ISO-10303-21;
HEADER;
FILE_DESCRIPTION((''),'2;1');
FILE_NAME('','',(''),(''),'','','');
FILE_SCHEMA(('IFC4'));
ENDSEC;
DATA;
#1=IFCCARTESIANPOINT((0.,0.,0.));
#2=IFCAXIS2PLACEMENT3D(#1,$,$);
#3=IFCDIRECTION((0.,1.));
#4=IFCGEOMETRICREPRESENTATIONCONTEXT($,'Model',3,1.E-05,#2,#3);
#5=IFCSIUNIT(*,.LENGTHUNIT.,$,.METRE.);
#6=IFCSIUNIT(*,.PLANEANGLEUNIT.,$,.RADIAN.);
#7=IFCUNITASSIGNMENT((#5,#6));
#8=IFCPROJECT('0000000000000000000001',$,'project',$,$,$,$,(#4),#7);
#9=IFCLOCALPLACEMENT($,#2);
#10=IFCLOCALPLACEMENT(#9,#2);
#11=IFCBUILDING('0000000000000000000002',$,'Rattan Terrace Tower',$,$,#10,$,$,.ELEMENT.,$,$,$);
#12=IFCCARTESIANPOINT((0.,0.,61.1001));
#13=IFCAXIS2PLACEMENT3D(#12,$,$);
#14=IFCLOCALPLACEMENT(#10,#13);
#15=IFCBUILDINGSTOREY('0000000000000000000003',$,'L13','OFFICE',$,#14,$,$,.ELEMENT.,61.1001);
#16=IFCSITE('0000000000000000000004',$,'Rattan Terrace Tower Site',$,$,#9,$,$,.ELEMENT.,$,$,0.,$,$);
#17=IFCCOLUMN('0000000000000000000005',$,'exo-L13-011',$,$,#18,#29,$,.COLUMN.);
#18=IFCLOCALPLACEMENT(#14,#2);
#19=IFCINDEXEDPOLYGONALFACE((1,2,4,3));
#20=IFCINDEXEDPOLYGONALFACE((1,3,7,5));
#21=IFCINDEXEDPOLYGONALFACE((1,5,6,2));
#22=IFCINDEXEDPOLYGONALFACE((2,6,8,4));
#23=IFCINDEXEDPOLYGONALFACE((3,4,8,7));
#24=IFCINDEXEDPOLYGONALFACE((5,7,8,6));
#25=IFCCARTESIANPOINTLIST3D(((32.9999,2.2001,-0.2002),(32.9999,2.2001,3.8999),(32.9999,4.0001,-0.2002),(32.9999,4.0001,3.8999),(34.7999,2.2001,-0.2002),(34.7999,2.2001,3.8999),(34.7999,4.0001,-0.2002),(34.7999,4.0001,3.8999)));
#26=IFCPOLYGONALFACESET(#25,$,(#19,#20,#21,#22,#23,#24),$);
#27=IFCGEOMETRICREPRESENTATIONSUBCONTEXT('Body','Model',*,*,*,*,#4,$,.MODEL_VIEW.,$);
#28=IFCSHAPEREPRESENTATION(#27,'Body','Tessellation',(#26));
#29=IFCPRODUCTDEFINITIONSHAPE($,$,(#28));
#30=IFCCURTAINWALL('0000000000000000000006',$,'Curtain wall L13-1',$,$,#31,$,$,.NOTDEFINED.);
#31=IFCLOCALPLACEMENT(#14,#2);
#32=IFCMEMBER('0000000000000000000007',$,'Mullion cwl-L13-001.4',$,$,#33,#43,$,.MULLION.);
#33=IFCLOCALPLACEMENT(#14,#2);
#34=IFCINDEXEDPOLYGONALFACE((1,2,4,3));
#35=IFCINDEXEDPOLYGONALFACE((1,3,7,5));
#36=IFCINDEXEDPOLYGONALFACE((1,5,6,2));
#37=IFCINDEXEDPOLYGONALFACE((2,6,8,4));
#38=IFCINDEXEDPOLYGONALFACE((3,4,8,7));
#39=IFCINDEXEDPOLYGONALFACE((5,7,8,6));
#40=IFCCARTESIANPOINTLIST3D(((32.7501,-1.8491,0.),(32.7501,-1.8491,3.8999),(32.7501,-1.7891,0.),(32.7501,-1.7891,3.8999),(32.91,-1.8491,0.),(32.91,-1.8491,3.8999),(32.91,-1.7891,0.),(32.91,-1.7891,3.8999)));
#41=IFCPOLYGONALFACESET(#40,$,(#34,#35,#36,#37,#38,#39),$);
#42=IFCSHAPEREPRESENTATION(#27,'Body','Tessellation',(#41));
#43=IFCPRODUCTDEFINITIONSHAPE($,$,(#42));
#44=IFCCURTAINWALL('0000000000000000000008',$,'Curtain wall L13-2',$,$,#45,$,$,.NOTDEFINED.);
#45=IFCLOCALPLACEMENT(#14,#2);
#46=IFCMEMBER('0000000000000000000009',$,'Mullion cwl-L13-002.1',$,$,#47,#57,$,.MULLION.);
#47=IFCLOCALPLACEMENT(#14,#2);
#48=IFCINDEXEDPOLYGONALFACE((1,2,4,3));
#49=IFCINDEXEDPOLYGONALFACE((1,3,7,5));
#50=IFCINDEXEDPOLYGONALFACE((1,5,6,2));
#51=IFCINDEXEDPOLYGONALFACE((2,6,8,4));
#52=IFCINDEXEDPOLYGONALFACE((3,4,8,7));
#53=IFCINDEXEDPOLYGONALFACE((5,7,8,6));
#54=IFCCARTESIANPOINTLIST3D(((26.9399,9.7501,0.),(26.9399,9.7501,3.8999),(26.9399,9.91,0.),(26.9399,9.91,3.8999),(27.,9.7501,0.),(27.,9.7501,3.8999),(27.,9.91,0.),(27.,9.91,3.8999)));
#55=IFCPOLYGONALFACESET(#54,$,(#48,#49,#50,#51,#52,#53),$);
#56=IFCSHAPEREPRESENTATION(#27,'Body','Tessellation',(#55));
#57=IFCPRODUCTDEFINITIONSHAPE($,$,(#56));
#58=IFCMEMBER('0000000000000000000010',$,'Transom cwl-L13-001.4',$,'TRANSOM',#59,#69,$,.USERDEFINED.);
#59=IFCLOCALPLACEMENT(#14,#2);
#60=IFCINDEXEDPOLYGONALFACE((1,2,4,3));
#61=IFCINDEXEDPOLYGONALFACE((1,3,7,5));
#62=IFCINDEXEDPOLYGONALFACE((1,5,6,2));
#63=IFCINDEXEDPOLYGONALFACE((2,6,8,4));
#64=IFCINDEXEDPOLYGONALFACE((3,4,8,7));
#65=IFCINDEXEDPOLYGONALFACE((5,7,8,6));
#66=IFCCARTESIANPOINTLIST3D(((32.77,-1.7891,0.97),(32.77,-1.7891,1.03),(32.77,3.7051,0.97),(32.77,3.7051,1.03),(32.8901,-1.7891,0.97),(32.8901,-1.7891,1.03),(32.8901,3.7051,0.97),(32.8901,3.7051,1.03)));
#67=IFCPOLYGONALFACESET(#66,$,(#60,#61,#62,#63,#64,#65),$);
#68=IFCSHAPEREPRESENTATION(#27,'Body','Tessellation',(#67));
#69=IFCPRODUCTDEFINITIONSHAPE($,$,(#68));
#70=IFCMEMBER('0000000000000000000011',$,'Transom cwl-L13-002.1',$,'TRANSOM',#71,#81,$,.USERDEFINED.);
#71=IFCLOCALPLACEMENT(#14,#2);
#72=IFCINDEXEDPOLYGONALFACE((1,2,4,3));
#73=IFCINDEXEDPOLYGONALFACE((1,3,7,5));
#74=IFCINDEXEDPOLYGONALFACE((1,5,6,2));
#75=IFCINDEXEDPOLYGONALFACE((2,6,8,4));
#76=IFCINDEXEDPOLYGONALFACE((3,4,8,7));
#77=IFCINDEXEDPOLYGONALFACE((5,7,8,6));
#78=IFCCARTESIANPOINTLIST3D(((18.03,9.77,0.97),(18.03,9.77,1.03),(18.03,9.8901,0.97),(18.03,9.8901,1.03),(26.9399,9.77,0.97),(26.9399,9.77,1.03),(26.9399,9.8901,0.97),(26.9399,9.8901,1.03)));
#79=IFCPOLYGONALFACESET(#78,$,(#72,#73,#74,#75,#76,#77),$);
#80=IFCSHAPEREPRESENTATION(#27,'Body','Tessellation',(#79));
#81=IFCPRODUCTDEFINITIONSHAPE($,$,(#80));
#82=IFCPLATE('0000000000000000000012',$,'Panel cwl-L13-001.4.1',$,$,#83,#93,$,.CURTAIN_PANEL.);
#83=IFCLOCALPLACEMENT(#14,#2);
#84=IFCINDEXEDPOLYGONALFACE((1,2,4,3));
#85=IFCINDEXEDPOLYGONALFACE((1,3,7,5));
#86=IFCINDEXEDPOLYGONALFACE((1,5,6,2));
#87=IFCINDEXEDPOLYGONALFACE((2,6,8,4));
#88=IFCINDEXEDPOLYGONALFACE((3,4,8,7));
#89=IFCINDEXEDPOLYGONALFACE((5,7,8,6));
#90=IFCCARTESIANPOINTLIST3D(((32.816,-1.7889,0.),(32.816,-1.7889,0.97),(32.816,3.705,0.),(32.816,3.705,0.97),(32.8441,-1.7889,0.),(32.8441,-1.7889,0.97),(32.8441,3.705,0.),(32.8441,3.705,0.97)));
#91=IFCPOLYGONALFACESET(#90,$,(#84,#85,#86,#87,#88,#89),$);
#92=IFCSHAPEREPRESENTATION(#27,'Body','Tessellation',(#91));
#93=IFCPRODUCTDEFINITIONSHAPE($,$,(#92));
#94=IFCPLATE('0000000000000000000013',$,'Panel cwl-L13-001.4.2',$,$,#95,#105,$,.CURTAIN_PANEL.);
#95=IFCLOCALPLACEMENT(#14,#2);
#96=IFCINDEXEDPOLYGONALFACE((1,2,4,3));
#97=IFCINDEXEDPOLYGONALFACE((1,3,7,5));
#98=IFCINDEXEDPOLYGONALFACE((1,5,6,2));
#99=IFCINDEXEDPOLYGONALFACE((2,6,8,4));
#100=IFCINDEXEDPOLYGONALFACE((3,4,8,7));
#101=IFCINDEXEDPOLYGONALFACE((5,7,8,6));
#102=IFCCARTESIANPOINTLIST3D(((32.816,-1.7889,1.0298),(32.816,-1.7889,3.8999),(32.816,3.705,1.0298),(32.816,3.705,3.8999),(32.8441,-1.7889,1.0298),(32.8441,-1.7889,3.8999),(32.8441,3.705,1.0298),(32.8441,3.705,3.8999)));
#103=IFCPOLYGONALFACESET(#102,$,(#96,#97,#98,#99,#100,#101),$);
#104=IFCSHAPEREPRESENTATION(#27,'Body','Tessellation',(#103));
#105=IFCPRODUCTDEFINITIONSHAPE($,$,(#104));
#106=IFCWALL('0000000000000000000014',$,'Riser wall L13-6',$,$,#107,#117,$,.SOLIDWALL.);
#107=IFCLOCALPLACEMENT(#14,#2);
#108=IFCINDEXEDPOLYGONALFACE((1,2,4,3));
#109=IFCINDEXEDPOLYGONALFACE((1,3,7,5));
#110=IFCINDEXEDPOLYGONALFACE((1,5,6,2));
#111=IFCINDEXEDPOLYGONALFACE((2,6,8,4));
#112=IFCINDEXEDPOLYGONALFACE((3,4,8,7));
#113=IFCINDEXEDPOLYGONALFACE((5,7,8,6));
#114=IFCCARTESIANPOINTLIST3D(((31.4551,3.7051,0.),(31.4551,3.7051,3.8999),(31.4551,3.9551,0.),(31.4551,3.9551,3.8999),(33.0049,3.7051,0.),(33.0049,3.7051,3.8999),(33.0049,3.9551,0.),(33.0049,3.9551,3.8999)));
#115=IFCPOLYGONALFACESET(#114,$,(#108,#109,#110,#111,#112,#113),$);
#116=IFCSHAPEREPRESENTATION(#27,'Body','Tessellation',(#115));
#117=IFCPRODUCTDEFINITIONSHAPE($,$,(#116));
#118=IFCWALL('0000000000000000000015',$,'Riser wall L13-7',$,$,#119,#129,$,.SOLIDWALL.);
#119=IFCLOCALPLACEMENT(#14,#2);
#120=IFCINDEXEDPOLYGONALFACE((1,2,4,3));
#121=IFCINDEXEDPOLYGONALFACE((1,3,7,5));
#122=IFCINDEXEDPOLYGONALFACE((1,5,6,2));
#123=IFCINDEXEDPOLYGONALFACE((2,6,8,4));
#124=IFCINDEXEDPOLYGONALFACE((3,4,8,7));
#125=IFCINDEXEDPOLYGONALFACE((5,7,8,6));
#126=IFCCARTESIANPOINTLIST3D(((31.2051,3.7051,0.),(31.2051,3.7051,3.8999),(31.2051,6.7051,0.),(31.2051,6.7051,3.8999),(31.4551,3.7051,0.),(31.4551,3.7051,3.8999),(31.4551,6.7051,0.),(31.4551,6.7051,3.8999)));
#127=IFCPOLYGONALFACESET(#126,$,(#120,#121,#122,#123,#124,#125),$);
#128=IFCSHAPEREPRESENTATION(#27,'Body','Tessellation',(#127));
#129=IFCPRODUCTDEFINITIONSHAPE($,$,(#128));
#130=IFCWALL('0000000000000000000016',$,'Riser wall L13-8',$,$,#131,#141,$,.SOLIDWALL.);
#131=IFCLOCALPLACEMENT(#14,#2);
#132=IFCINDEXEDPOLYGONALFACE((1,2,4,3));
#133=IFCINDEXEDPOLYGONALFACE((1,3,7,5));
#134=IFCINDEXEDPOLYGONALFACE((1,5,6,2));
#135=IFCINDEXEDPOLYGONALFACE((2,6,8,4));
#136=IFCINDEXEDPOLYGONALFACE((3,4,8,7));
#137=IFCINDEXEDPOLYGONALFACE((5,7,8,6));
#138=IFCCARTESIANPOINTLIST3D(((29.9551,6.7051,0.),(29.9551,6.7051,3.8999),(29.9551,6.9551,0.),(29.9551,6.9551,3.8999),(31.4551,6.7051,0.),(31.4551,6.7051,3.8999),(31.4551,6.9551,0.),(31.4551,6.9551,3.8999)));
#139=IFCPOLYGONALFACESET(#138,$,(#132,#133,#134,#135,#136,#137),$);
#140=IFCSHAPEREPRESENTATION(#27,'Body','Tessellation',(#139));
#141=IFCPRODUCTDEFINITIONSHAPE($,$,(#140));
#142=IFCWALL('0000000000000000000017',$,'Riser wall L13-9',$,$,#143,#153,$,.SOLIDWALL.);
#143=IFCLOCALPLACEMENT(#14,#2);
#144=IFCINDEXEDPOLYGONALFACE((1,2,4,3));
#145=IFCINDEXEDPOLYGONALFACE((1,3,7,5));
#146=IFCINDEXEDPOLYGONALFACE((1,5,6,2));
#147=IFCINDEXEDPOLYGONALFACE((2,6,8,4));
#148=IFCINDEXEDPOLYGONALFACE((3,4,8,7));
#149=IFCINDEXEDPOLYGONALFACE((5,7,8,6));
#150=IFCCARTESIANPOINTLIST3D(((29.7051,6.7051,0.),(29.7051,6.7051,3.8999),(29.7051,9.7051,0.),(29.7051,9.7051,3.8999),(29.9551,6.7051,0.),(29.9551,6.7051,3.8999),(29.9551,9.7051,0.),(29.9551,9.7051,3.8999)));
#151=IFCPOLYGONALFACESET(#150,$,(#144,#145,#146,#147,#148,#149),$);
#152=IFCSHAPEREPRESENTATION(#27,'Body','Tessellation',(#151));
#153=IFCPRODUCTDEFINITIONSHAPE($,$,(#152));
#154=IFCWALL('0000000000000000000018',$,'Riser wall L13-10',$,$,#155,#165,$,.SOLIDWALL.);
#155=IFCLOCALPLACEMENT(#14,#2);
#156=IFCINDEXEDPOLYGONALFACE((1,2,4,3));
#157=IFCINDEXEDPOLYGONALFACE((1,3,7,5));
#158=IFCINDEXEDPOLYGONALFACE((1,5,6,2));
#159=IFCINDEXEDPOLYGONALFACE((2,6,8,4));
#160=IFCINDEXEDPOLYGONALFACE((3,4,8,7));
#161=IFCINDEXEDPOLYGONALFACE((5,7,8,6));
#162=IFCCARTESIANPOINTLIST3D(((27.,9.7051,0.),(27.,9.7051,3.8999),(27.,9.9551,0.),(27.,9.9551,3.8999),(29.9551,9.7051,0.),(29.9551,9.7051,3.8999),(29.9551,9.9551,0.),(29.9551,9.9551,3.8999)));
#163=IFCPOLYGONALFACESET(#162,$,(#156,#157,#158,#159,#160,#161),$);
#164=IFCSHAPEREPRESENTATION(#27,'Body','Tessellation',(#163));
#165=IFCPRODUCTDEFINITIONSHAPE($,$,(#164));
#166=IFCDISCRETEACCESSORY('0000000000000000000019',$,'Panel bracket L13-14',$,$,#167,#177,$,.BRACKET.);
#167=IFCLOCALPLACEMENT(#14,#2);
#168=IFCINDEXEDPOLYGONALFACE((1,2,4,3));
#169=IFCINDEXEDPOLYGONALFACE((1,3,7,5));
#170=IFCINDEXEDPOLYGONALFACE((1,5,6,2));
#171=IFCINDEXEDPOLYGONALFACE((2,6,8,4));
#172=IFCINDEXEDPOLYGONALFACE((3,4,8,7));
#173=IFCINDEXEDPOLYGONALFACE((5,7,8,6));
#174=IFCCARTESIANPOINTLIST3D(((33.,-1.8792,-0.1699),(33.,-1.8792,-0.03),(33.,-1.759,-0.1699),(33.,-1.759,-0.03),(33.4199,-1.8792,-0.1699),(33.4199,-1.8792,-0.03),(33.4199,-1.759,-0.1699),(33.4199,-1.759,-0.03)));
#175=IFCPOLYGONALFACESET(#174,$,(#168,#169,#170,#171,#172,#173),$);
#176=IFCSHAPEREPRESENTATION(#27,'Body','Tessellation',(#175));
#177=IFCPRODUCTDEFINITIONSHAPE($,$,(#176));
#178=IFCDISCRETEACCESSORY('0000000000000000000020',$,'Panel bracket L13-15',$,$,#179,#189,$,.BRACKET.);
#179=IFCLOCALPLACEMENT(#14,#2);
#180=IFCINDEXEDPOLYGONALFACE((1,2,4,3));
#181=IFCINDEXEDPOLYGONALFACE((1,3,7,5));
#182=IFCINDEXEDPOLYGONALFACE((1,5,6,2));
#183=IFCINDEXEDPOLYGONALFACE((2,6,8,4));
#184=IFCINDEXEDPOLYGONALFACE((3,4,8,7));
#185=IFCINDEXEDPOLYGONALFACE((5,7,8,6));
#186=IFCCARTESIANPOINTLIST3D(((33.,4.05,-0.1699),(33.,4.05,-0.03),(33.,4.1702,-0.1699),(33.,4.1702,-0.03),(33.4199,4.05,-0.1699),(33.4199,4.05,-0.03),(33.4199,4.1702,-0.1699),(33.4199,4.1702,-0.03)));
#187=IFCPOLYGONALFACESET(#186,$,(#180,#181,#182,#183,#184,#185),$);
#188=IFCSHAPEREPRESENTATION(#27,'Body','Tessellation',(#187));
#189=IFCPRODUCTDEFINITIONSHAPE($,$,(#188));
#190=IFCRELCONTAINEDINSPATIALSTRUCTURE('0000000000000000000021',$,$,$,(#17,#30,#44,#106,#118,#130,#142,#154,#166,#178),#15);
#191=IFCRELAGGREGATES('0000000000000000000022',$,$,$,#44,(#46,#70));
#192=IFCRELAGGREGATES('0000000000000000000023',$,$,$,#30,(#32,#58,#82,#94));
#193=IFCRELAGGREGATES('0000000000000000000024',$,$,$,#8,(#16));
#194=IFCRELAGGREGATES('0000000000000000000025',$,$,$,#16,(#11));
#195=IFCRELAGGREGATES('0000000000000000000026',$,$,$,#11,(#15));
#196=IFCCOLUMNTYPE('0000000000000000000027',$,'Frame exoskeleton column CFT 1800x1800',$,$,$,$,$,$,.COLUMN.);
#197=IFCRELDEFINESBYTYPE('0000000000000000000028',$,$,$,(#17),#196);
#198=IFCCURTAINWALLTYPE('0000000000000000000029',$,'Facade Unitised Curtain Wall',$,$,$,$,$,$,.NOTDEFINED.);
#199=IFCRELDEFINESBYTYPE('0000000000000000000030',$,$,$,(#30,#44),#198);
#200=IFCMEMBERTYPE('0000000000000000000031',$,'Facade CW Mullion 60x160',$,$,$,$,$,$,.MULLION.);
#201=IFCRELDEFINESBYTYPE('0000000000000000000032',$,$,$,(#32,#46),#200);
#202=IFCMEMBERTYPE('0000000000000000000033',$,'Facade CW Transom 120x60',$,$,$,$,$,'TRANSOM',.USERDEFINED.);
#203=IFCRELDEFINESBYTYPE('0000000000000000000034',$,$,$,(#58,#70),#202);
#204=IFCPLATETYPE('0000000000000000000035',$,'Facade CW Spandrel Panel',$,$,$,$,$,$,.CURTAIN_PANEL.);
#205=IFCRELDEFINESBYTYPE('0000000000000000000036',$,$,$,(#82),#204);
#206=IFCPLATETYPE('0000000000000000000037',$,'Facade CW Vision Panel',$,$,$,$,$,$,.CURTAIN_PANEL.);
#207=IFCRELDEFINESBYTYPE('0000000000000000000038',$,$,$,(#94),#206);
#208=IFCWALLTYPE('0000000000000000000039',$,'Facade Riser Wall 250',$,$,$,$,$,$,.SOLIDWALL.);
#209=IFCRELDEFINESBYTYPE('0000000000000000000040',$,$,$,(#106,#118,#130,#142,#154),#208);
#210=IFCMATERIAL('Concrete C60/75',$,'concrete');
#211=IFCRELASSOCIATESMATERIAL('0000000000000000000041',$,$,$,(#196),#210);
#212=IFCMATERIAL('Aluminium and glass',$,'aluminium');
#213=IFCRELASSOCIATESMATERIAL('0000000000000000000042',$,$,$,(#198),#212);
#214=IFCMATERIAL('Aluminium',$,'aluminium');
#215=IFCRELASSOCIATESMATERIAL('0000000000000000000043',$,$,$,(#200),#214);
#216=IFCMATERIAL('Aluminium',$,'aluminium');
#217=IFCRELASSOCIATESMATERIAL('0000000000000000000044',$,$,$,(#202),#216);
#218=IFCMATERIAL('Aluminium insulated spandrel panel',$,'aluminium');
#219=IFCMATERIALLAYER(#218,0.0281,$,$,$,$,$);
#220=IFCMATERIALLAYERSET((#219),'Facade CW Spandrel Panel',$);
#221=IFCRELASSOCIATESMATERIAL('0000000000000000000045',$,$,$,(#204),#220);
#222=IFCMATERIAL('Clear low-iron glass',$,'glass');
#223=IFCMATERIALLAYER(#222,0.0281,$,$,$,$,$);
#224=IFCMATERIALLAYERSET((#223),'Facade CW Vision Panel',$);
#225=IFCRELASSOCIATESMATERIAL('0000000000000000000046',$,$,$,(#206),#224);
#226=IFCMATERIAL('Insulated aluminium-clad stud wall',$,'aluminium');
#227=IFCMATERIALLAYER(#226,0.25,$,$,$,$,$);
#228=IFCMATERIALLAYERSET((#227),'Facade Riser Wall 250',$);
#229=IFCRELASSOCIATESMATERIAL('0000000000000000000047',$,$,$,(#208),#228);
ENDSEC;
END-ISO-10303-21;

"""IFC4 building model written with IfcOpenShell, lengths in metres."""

from ifc_helpers import new_model, si_unit, direction, frame, frame_2d, origin, origin_2d, place, context, subcontext, project, spatial, rectangle, extrude, material, layer, layer_set, material_profile, profile_set, type_object, element, aggregate, save


model = new_model("IFC4")

# Units and contexts
model_context = context("Model", 3, precision=1e-05, world=origin(), true_north=direction((0.0, 1.0)))
body_context = subcontext(model_context, "Body", "Model", "MODEL_VIEW")
ifc_project = project(units=[si_unit("LENGTHUNIT", "METRE"), si_unit("PLANEANGLEUNIT", "RADIAN")], contexts=[model_context])

# Site, building, storey
site_placement = place(None, origin())
site = spatial("IfcSite", under=ifc_project, at=site_placement, Name="Rattan Terrace Tower Site", CompositionType="ELEMENT", RefElevation=0.0)
building_placement = place(site_placement, origin())
building = spatial("IfcBuilding", under=site, at=building_placement, Name="Rattan Terrace Tower", CompositionType="ELEMENT")
storey_placement = place(building_placement, frame((0.0, 0.0, 61.1001)))
storey = spatial("IfcBuildingStorey", under=building, at=storey_placement, Name="L13", Description="OFFICE", CompositionType="ELEMENT", Elevation=61.1001)

# Column
ifc_material_1 = material(Name="Concrete C60/75", Category="concrete")
ifc_material_profile_1 = material_profile(ifc_material_1, rectangle(XDim=1.8, YDim=1.8, at=origin_2d()), Name="CFT 1800x1800")
ifc_profile_set_1 = profile_set([ifc_material_profile_1], Name="Concrete C60/75")
column_type = type_object("IfcColumnType", Name="Frame exoskeleton column CFT 1800x1800", PredefinedType="COLUMN", material=ifc_profile_set_1)
column_placement = place(storey_placement, frame((33.8999, 3.1001, -0.2002), z_axis=(0.0, 0.0, 1.0), x_axis=(0.0, 1.0, 0.0)))
element("IfcColumn", 1, at=column_placement, inside=storey, type_object=column_type, Name="exo-L13-011", PredefinedType="COLUMN", context=body_context, shape_type="SweptSolid", body=[
    extrude(rectangle(XDim=1.8, YDim=1.8, at=origin_2d()), origin(), (0.0, 0.0, 1.0), 4.1001),
])

# Curtain walls, members
ifc_material_2 = material(Name="Aluminium and glass", Category="aluminium")
curtain_wall_type = type_object("IfcCurtainWallType", Name="Facade Unitised Curtain Wall", PredefinedType="NOTDEFINED", material=ifc_material_2)
curtain_wall_1_placement = place(storey_placement, origin())
curtain_wall_1 = element("IfcCurtainWall", 2, at=curtain_wall_1_placement, inside=storey, type_object=curtain_wall_type, Name="Curtain wall L13-1", PredefinedType="NOTDEFINED")
ifc_material_3 = material(Name="Aluminium", Category="aluminium")
ifc_material_profile_2 = material_profile(ifc_material_3, rectangle(XDim=0.0601, YDim=0.1599, at=origin_2d()), Name="Aluminium 60x160")
ifc_profile_set_2 = profile_set([ifc_material_profile_2], Name="Aluminium")
member_type_1 = type_object("IfcMemberType", Name="Facade CW Mullion 60x160", PredefinedType="MULLION", material=ifc_profile_set_2)
member_1_placement = place(storey_placement, frame((32.8301, -1.8191, 0.0), z_axis=(0.0, 0.0, 1.0), x_axis=(0.0, 1.0, 0.0)))
member_1 = element("IfcMember", 3, at=member_1_placement, type_object=member_type_1, Name="Mullion cwl-L13-001.4", PredefinedType="MULLION", context=body_context, shape_type="SweptSolid", body=[
    extrude(rectangle(XDim=0.0601, YDim=0.1599, at=origin_2d()), origin(), (0.0, 0.0, 1.0), 3.8999),
])
curtain_wall_2_placement = place(storey_placement, origin())
curtain_wall_2 = element("IfcCurtainWall", 4, at=curtain_wall_2_placement, inside=storey, type_object=curtain_wall_type, Name="Curtain wall L13-2", PredefinedType="NOTDEFINED")
member_2_placement = place(storey_placement, frame((26.97, 9.8301, 0.0), z_axis=(0.0, 0.0, 1.0), x_axis=(-1.0, 0.0, 0.0)))
member_2 = element("IfcMember", 5, at=member_2_placement, type_object=member_type_1, Name="Mullion cwl-L13-002.1", PredefinedType="MULLION", context=body_context, shape_type="SweptSolid", body=[
    extrude(rectangle(XDim=0.0601, YDim=0.1599, at=origin_2d()), origin(), (0.0, 0.0, 1.0), 3.8999),
])

# Members
ifc_material_4 = material(Name="Aluminium", Category="aluminium")
ifc_material_profile_3 = material_profile(ifc_material_4, rectangle(XDim=0.1201, YDim=0.0601, at=origin_2d()), Name="Aluminium 120x60")
ifc_profile_set_3 = profile_set([ifc_material_profile_3], Name="Aluminium")
member_type_2 = type_object("IfcMemberType", Name="Facade CW Transom 120x60", ElementType="TRANSOM", PredefinedType="USERDEFINED", material=ifc_profile_set_3)
member_3_placement = place(storey_placement, frame((32.8301, -1.7891, 1.0), z_axis=(0.0, 1.0, 0.0), x_axis=(-1.0, 0.0, 0.0)))
member_3 = element("IfcMember", 6, at=member_3_placement, type_object=member_type_2, Name="Transom cwl-L13-001.4", ObjectType="TRANSOM", PredefinedType="USERDEFINED", context=body_context, shape_type="SweptSolid", body=[
    extrude(rectangle(XDim=0.1201, YDim=0.0601, at=origin_2d()), origin(), (0.0, 0.0, 1.0), 5.4941),
])
member_4_placement = place(storey_placement, frame((26.9399, 9.8301, 1.0), z_axis=(-1.0, 0.0, 0.0), x_axis=(0.0, -1.0, 0.0)))
member_4 = element("IfcMember", 7, at=member_4_placement, type_object=member_type_2, Name="Transom cwl-L13-002.1", ObjectType="TRANSOM", PredefinedType="USERDEFINED", context=body_context, shape_type="SweptSolid", body=[
    extrude(rectangle(XDim=0.1201, YDim=0.0601, at=origin_2d()), origin(), (0.0, 0.0, 1.0), 8.9099),
])
aggregate(curtain_wall_2, [member_2, member_4])

# Plates
ifc_material_5 = material(Name="Aluminium insulated spandrel panel", Category="aluminium")
ifc_layer_1 = layer(ifc_material_5, 0.0281)
ifc_layer_set_1 = layer_set([ifc_layer_1], Name="Facade CW Spandrel Panel")
plate_type_1 = type_object("IfcPlateType", Name="Facade CW Spandrel Panel", PredefinedType="CURTAIN_PANEL", material=ifc_layer_set_1)
plate_1_placement = place(storey_placement, frame((32.8301, 0.958, 0.0), z_axis=(0.0, 0.0, 1.0), x_axis=(0.0, 1.0, 0.0)))
plate_1 = element("IfcPlate", 8, at=plate_1_placement, type_object=plate_type_1, Name="Panel cwl-L13-001.4.1", PredefinedType="CURTAIN_PANEL", context=body_context, shape_type="SweptSolid", body=[
    extrude(rectangle(XDim=5.4939, YDim=0.0281, at=origin_2d()), origin(), (0.0, 0.0, 1.0), 0.97),
])
ifc_material_6 = material(Name="Clear low-iron glass", Category="glass")
ifc_layer_2 = layer(ifc_material_6, 0.0281)
ifc_layer_set_2 = layer_set([ifc_layer_2], Name="Facade CW Vision Panel")
plate_type_2 = type_object("IfcPlateType", Name="Facade CW Vision Panel", PredefinedType="CURTAIN_PANEL", material=ifc_layer_set_2)
plate_2_placement = place(storey_placement, frame((32.8301, 0.958, 1.0298), z_axis=(0.0, 0.0, 1.0), x_axis=(0.0, 1.0, 0.0)))
plate_2 = element("IfcPlate", 9, at=plate_2_placement, type_object=plate_type_2, Name="Panel cwl-L13-001.4.2", PredefinedType="CURTAIN_PANEL", context=body_context, shape_type="SweptSolid", body=[
    extrude(rectangle(XDim=5.4939, YDim=0.0281, at=origin_2d()), origin(), (0.0, 0.0, 1.0), 2.8701),
])
aggregate(curtain_wall_1, [member_1, member_3, plate_1, plate_2])

# Walls
ifc_material_7 = material(Name="Insulated aluminium-clad stud wall", Category="aluminium")
ifc_layer_3 = layer(ifc_material_7, 0.25)
ifc_layer_set_3 = layer_set([ifc_layer_3], Name="Facade Riser Wall 250")
wall_type = type_object("IfcWallType", Name="Facade Riser Wall 250", PredefinedType="SOLIDWALL", material=ifc_layer_set_3)
wall_1_placement = place(storey_placement, frame((33.0049, 3.8301, 0.0), z_axis=(0.0, 0.0, 1.0), x_axis=(-1.0, 0.0, 0.0)))
element("IfcWall", 10, at=wall_1_placement, inside=storey, type_object=wall_type, Name="Riser wall L13-6", PredefinedType="SOLIDWALL", context=body_context, shape_type="SweptSolid", body=[
    extrude(rectangle(XDim=1.5498, YDim=0.25, at=frame_2d((0.7749, 0.0))), origin(), (0.0, 0.0, 1.0), 3.8999),
])
wall_2_placement = place(storey_placement, frame((31.3301, 3.7051, 0.0), z_axis=(0.0, 0.0, 1.0), x_axis=(0.0, 1.0, 0.0)))
element("IfcWall", 11, at=wall_2_placement, inside=storey, type_object=wall_type, Name="Riser wall L13-7", PredefinedType="SOLIDWALL", context=body_context, shape_type="SweptSolid", body=[
    extrude(rectangle(XDim=3.0, YDim=0.25, at=frame_2d((1.5, 0.0))), origin(), (0.0, 0.0, 1.0), 3.8999),
])
wall_3_placement = place(storey_placement, frame((31.4551, 6.8301, 0.0), z_axis=(0.0, 0.0, 1.0), x_axis=(-1.0, 0.0, 0.0)))
element("IfcWall", 12, at=wall_3_placement, inside=storey, type_object=wall_type, Name="Riser wall L13-8", PredefinedType="SOLIDWALL", context=body_context, shape_type="SweptSolid", body=[
    extrude(rectangle(XDim=1.5, YDim=0.25, at=frame_2d((0.75, 0.0))), origin(), (0.0, 0.0, 1.0), 3.8999),
])
wall_4_placement = place(storey_placement, frame((29.8301, 6.7051, 0.0), z_axis=(0.0, 0.0, 1.0), x_axis=(0.0, 1.0, 0.0)))
element("IfcWall", 13, at=wall_4_placement, inside=storey, type_object=wall_type, Name="Riser wall L13-9", PredefinedType="SOLIDWALL", context=body_context, shape_type="SweptSolid", body=[
    extrude(rectangle(XDim=3.0, YDim=0.25, at=frame_2d((1.5, 0.0))), origin(), (0.0, 0.0, 1.0), 3.8999),
])
wall_5_placement = place(storey_placement, frame((29.9551, 9.8301, 0.0), z_axis=(0.0, 0.0, 1.0), x_axis=(-1.0, 0.0, 0.0)))
element("IfcWall", 14, at=wall_5_placement, inside=storey, type_object=wall_type, Name="Riser wall L13-10", PredefinedType="SOLIDWALL", context=body_context, shape_type="SweptSolid", body=[
    extrude(rectangle(XDim=2.9551, YDim=0.25, at=frame_2d((1.4775, 0.0))), origin(), (0.0, 0.0, 1.0), 3.8999),
])

# Discrete accessories
for number, where, z_axis, x_axis, name in (
    (15, (33.21, -1.8191, -0.1699), (0.0, 0.0, 1.0), (0.0, 1.0, 0.0), "Panel bracket L13-14"),
    (16, (33.21, 4.1101, -0.1699), (0.0, 0.0, 1.0), (0.0, 1.0, 0.0), "Panel bracket L13-15"),
):
    element("IfcDiscreteAccessory", number, at=place(storey_placement, frame(where, z_axis=z_axis, x_axis=x_axis)), inside=storey, Name=name, PredefinedType="BRACKET", context=body_context, shape_type="SweptSolid", body=[
        extrude(rectangle(XDim=0.1201, YDim=0.4199, at=origin_2d()), origin(), (0.0, 0.0, 1.0), 0.1399),
    ])

save(model, "model.ifc")
